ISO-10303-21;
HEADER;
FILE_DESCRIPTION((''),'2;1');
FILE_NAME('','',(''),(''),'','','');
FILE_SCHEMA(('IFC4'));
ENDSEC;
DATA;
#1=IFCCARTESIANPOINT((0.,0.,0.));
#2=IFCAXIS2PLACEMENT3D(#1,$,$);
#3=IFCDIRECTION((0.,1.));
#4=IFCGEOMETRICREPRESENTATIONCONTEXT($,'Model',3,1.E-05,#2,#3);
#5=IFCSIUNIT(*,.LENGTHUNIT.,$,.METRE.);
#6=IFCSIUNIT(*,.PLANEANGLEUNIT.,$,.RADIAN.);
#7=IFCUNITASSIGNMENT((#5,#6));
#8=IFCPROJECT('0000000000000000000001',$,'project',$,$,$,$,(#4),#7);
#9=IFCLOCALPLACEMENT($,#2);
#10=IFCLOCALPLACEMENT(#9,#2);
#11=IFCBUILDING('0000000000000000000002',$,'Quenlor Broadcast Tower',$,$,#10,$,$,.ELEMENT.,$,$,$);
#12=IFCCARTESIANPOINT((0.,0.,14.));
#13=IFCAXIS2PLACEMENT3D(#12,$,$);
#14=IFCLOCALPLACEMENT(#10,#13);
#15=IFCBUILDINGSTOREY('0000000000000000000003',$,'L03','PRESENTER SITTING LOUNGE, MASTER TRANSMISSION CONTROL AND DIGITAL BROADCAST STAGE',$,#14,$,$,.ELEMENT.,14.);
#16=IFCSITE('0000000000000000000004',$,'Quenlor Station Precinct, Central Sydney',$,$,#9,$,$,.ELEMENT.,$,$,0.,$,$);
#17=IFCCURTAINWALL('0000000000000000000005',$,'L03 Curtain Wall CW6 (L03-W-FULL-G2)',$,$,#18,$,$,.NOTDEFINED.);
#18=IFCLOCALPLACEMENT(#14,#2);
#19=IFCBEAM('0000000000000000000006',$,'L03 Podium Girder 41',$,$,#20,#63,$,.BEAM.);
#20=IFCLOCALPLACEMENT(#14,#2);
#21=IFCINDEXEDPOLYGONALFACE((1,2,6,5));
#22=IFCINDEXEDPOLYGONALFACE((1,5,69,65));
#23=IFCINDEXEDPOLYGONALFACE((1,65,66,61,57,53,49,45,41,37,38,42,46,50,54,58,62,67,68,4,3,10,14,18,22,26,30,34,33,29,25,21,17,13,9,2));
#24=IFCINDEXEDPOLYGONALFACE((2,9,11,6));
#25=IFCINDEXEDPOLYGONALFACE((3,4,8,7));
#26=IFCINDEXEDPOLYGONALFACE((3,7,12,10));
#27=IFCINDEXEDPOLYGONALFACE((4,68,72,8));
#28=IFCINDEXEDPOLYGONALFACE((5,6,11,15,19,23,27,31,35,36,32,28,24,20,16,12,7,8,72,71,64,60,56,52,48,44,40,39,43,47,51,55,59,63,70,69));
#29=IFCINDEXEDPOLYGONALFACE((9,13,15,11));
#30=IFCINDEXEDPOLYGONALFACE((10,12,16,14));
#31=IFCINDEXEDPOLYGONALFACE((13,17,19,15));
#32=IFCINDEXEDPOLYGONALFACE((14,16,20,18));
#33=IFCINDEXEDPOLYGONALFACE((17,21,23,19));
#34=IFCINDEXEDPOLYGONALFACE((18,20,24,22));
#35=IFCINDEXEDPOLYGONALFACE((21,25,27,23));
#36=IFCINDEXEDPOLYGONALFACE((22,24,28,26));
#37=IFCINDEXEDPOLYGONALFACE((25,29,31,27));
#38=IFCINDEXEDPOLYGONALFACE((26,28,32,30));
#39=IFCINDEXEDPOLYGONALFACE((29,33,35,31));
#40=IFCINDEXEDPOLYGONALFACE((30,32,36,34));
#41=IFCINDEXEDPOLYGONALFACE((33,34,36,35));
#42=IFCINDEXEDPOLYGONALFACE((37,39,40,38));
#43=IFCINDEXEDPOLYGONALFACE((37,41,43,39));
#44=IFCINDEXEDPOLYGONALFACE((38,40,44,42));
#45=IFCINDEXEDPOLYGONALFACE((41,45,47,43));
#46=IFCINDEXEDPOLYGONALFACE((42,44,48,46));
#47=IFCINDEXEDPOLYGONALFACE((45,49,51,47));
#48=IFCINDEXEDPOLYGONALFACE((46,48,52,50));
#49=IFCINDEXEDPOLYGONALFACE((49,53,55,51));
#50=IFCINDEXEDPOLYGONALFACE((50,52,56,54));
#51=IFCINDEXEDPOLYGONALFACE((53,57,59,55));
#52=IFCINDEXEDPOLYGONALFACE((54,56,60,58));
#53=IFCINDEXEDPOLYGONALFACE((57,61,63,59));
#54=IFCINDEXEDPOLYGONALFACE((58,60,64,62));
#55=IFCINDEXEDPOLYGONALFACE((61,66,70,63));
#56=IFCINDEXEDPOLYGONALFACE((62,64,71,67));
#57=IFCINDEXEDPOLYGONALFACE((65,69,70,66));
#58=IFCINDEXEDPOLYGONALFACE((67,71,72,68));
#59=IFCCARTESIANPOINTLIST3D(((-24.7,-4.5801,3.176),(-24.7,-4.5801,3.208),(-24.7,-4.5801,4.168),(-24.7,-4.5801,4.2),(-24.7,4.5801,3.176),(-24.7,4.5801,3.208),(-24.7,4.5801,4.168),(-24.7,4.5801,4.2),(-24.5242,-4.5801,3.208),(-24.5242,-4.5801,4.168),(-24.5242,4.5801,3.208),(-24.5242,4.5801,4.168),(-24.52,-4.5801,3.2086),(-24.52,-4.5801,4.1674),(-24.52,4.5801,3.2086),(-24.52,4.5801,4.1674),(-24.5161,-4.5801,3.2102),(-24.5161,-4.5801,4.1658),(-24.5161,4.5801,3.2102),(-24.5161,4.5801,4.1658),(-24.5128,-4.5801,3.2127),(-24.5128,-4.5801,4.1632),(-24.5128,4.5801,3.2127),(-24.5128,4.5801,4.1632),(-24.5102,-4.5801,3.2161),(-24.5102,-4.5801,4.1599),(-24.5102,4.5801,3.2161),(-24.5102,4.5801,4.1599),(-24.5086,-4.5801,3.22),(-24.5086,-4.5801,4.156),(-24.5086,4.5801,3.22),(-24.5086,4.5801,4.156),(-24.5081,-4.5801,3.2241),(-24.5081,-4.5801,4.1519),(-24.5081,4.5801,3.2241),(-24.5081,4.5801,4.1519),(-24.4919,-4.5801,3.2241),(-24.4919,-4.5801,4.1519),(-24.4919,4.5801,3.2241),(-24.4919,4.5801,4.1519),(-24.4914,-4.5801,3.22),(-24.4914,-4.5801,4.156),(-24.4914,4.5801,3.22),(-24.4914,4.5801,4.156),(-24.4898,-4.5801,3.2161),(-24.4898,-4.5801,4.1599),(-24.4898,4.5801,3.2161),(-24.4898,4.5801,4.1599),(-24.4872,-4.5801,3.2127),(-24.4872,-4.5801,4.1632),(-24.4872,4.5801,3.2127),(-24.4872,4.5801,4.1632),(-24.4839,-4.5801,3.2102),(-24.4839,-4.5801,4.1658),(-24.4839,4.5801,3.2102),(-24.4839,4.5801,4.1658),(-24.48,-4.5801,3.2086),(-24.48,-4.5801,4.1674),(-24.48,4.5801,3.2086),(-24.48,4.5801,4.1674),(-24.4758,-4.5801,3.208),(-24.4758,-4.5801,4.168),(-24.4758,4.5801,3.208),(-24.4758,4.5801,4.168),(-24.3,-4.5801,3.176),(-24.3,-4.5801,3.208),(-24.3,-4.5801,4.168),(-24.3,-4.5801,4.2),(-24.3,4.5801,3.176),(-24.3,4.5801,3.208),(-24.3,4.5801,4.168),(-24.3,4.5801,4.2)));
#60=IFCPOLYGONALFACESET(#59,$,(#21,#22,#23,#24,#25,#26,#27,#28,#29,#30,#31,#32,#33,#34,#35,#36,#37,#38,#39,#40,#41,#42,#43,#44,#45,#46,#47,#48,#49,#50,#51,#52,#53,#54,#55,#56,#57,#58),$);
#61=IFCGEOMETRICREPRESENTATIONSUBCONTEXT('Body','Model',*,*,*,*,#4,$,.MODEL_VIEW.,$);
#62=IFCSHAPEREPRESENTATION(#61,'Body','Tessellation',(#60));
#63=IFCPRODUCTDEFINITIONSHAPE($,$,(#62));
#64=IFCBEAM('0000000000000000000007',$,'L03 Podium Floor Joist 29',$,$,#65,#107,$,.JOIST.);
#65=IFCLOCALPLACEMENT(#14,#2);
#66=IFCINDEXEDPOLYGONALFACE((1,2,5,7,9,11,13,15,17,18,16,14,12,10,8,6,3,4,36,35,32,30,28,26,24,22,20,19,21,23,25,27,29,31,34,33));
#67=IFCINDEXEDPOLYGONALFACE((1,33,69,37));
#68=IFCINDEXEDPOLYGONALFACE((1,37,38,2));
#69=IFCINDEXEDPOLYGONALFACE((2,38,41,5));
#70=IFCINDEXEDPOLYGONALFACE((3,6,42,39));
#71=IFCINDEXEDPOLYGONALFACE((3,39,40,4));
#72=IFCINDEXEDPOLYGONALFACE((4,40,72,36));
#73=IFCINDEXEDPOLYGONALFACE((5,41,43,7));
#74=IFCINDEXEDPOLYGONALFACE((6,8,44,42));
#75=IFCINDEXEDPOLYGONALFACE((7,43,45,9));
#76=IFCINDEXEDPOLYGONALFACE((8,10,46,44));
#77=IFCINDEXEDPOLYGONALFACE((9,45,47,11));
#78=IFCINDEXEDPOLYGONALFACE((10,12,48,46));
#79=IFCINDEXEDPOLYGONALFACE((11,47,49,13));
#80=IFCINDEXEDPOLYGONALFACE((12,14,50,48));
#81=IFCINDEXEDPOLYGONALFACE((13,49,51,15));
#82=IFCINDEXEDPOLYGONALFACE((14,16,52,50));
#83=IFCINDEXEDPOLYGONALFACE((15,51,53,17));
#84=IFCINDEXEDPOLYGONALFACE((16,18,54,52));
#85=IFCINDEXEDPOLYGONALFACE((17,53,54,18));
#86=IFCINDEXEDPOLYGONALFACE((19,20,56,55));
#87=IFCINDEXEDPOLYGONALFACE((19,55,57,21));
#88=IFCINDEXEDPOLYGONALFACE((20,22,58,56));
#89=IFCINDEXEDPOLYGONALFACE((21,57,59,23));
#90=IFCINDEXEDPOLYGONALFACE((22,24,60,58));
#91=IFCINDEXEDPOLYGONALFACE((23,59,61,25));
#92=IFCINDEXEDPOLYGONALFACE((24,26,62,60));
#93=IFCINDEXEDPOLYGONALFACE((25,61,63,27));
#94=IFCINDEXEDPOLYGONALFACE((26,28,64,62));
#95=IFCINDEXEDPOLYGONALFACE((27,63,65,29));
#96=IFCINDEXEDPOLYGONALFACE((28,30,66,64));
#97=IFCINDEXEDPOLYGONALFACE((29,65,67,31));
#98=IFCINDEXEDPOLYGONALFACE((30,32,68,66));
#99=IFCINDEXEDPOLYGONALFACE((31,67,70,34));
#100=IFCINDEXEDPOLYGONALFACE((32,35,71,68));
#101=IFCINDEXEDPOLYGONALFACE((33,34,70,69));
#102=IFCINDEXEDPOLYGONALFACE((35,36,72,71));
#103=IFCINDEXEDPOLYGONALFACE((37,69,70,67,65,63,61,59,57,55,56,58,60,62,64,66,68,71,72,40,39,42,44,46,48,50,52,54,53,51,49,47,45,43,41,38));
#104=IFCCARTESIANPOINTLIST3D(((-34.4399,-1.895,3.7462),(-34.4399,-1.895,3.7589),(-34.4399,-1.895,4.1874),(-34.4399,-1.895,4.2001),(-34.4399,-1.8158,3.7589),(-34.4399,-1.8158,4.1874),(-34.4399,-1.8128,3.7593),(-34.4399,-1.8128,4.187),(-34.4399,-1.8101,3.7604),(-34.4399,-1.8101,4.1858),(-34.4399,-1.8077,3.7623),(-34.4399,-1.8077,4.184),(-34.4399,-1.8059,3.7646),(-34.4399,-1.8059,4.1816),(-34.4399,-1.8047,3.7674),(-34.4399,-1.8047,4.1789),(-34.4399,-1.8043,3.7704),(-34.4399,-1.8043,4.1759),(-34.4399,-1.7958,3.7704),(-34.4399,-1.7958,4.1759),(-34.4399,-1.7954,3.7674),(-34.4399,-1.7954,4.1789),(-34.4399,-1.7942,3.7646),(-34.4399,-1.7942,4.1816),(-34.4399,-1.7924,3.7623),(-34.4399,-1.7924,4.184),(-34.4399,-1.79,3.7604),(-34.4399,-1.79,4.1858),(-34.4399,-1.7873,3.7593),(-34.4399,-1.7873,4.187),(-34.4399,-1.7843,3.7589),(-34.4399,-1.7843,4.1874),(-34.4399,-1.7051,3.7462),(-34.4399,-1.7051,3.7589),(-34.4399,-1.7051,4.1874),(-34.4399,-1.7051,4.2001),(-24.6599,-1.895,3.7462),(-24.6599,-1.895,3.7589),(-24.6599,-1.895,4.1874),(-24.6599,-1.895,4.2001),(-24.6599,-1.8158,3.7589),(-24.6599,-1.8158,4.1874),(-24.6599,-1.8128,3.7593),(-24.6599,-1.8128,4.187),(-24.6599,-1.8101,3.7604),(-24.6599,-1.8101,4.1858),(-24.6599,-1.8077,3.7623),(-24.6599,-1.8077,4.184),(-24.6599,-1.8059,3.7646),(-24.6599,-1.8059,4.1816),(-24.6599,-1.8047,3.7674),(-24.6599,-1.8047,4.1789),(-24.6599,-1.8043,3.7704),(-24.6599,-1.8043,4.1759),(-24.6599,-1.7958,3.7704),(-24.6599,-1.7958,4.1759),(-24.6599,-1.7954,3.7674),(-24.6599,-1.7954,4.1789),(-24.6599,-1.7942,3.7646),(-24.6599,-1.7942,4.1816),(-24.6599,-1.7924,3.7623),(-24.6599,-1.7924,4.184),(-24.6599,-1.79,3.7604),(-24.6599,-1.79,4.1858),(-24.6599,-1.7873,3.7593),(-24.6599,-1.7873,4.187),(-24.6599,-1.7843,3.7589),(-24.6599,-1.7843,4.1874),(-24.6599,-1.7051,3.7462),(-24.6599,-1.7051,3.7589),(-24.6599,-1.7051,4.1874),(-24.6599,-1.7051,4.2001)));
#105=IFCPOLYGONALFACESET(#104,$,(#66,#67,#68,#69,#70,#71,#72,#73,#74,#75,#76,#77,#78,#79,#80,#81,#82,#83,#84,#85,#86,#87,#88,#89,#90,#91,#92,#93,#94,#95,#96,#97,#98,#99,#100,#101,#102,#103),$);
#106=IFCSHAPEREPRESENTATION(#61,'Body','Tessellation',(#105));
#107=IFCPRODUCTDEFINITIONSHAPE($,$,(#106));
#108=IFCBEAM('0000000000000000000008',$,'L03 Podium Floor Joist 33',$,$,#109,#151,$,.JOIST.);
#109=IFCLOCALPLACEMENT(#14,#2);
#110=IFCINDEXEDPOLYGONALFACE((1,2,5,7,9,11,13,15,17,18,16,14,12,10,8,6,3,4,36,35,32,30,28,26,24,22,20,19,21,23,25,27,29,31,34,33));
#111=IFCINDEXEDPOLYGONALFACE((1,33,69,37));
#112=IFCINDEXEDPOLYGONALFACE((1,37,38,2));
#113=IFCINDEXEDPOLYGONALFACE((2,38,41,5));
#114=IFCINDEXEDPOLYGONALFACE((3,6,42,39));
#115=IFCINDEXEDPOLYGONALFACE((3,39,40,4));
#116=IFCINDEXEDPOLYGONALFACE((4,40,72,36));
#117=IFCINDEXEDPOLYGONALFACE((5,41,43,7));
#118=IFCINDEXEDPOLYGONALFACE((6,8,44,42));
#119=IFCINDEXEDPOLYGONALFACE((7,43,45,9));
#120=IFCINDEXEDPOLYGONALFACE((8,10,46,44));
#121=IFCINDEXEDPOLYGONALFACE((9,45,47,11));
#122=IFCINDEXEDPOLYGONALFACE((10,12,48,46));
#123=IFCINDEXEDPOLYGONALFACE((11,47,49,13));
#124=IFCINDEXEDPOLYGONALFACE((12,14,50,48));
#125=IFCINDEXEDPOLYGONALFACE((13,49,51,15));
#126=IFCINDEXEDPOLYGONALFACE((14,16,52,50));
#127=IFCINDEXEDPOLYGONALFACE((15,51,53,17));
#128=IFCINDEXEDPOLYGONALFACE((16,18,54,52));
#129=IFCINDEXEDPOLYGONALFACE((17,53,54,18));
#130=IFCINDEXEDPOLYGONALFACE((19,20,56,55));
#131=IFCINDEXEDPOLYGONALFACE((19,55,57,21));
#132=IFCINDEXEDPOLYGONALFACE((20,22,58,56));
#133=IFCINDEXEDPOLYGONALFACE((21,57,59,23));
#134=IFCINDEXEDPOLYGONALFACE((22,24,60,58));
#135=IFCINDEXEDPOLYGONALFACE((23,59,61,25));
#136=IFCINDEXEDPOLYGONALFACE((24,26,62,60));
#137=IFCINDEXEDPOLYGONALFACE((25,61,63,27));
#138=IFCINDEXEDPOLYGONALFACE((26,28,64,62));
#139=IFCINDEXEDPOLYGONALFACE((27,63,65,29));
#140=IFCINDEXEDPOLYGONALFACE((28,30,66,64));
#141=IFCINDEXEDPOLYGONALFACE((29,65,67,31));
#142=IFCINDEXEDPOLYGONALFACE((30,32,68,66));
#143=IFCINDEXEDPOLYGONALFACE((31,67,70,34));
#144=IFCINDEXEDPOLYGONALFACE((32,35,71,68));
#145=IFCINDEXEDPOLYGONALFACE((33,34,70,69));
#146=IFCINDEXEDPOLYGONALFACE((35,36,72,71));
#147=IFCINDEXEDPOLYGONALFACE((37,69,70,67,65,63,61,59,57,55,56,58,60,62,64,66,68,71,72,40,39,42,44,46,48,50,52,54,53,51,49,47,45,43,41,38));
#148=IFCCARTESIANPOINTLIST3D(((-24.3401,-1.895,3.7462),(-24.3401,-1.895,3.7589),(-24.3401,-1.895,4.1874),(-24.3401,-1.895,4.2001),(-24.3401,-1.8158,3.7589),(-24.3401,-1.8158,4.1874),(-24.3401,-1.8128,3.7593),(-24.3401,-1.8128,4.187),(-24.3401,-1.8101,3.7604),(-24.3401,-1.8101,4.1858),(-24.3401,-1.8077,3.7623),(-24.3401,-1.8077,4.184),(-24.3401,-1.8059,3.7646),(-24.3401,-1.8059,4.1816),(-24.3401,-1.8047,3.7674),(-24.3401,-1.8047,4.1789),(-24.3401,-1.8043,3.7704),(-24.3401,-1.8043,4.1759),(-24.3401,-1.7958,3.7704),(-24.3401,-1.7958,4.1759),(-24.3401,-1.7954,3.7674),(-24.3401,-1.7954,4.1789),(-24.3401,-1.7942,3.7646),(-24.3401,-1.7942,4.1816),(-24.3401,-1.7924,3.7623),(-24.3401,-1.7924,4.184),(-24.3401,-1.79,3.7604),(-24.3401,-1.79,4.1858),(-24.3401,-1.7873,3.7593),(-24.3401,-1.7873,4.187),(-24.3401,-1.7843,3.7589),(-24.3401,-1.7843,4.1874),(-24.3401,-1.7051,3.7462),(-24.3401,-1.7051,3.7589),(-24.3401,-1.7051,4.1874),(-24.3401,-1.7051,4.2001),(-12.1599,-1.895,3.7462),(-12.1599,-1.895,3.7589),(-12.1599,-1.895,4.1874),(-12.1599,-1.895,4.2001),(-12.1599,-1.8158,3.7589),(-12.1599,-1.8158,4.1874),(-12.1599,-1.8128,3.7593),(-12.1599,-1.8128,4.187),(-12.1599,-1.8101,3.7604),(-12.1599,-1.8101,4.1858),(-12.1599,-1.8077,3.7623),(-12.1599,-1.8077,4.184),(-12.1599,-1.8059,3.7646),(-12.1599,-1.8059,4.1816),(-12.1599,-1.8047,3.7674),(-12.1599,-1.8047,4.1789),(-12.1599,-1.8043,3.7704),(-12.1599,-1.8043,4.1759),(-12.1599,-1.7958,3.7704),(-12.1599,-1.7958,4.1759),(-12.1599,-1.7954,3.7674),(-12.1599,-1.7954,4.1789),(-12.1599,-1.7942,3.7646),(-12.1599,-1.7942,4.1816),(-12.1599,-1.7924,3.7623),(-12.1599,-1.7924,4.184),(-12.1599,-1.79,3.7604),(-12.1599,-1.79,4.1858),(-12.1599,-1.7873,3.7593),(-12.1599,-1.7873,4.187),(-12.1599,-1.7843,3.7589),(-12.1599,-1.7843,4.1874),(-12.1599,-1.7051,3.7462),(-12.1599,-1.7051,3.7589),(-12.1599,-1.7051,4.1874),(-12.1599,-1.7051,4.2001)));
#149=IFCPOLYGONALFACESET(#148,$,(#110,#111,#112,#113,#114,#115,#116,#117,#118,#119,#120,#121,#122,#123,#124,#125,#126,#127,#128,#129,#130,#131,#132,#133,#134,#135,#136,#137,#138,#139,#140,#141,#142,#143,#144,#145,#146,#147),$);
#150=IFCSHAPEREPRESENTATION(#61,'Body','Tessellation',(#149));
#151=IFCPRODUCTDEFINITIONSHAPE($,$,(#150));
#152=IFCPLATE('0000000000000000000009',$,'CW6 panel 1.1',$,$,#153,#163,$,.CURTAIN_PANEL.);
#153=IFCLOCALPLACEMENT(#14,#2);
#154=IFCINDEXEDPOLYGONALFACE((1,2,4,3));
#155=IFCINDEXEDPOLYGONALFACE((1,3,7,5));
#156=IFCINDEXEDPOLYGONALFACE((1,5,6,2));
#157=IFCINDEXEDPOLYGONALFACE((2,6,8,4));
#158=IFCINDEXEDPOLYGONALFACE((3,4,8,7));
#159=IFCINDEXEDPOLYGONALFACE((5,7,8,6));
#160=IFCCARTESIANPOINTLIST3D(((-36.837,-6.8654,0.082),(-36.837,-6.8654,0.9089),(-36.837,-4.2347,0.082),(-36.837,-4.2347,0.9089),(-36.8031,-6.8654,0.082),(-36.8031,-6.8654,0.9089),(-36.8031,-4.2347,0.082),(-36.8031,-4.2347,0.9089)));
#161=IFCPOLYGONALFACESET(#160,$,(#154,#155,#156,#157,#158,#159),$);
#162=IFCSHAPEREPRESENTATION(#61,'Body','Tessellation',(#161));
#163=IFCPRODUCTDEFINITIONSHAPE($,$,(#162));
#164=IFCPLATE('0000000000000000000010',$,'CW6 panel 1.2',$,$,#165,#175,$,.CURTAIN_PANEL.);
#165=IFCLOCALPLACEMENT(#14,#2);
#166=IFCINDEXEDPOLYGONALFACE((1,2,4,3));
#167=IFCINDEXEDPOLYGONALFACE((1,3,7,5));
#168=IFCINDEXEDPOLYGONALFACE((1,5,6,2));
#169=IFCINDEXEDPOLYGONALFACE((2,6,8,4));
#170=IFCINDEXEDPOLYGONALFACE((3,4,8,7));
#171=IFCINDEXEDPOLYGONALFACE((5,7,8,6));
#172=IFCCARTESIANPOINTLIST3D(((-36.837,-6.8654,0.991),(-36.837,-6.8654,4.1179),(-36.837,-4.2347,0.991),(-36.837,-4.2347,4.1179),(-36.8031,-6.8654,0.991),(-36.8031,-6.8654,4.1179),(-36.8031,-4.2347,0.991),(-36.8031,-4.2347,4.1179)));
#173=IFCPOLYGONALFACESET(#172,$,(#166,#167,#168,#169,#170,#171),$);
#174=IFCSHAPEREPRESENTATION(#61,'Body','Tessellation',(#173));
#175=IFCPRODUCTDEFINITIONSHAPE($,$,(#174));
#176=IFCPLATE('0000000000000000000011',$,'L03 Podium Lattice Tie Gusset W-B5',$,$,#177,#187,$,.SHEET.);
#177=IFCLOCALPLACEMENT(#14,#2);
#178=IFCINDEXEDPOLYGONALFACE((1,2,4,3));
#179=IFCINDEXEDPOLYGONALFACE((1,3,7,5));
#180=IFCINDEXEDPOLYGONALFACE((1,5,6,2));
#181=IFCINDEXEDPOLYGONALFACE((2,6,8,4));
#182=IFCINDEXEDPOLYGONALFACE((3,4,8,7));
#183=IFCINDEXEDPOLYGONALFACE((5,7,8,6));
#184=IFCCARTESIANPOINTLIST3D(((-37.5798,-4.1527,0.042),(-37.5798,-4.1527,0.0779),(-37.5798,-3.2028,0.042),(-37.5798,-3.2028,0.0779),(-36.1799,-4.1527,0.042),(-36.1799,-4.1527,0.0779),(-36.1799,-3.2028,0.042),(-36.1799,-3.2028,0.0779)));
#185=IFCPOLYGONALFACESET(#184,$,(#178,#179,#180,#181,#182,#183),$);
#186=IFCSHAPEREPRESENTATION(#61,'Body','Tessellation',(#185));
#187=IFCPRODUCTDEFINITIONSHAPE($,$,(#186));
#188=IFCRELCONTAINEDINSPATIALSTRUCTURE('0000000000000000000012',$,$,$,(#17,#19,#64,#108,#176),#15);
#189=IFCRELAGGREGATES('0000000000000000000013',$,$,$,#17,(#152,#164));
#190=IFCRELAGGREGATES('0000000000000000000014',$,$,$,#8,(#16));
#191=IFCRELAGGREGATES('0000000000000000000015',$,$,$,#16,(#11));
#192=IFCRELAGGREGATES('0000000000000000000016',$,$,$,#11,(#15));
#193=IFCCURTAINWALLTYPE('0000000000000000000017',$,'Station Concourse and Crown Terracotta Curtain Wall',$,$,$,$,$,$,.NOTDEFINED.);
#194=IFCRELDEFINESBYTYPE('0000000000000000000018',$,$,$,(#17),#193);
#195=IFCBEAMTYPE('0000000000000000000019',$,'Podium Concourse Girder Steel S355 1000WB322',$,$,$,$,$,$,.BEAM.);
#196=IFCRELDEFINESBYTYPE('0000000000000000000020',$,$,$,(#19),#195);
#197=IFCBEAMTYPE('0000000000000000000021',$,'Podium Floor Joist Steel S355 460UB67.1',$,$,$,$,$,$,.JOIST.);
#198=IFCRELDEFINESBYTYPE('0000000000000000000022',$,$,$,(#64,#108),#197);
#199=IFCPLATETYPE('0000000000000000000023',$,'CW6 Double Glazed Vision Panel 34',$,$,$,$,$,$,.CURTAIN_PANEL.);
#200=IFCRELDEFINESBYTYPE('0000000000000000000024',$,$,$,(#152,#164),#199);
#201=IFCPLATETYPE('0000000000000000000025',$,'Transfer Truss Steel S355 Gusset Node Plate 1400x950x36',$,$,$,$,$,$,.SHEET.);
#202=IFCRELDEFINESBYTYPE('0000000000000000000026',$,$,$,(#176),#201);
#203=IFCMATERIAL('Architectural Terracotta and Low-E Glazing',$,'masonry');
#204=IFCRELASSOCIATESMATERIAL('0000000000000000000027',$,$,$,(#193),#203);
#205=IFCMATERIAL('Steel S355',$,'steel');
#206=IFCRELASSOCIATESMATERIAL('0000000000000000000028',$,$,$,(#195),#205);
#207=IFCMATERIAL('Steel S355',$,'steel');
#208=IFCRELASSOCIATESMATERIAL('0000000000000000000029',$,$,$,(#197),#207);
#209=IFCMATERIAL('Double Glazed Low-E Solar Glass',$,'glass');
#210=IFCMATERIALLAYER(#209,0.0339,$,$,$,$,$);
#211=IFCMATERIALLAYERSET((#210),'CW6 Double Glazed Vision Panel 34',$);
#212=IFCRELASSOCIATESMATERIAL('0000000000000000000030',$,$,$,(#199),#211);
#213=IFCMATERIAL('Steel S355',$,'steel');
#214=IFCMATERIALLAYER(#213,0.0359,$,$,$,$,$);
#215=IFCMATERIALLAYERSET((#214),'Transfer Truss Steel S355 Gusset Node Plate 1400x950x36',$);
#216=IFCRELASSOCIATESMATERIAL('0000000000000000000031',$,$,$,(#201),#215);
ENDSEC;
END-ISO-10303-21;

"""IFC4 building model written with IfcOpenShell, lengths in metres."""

from ifc_helpers import new_model, si_unit, direction, frame, origin, origin_2d, place, context, subcontext, project, spatial, rectangle, i_section, extrude, material, layer, layer_set, material_profile, profile_set, type_object, element, aggregate, save


model = new_model("IFC4")

# Units and contexts
model_context = context("Model", 3, precision=1e-05, world=origin(), true_north=direction((0.0, 1.0)))
body_context = subcontext(model_context, "Body", "Model", "MODEL_VIEW")
ifc_project = project(units=[si_unit("LENGTHUNIT", "METRE"), si_unit("PLANEANGLEUNIT", "RADIAN")], contexts=[model_context])

# Site, building, storey
site_placement = place(None, origin())
site = spatial("IfcSite", under=ifc_project, at=site_placement, Name="Quenlor Station Precinct, Central Sydney", CompositionType="ELEMENT", RefElevation=0.0)
building_placement = place(site_placement, origin())
building = spatial("IfcBuilding", under=site, at=building_placement, Name="Quenlor Broadcast Tower", CompositionType="ELEMENT")
storey_placement = place(building_placement, frame((0.0, 0.0, 14.0)))
storey = spatial("IfcBuildingStorey", under=building, at=storey_placement, Name="L03", Description="PRESENTER SITTING LOUNGE, MASTER TRANSMISSION CONTROL AND DIGITAL BROADCAST STAGE", CompositionType="ELEMENT", Elevation=14.0)

# Curtain wall
ifc_material_1 = material(Name="Architectural Terracotta and Low-E Glazing", Category="masonry")
curtain_wall_type = type_object("IfcCurtainWallType", Name="Station Concourse and Crown Terracotta Curtain Wall", PredefinedType="NOTDEFINED", material=ifc_material_1)
curtain_wall_placement = place(storey_placement, origin())
curtain_wall = element("IfcCurtainWall", 1, at=curtain_wall_placement, inside=storey, type_object=curtain_wall_type, Name="L03 Curtain Wall CW6 (L03-W-FULL-G2)", PredefinedType="NOTDEFINED")

# Beams
ifc_material_2 = material(Name="Steel S355", Category="steel")
ifc_material_profile_1 = material_profile(ifc_material_2, i_section(OverallWidth=0.3999, OverallDepth=1.0239, WebThickness=0.0161, FlangeThickness=0.032, FilletRadius=0.0161, at=origin_2d()))
ifc_profile_set_1 = profile_set([ifc_material_profile_1], Name="Steel S355 1000WB322")
beam_type_1 = type_object("IfcBeamType", Name="Podium Concourse Girder Steel S355 1000WB322", PredefinedType="BEAM", material=ifc_profile_set_1)
for number, where, z_axis, x_axis, name in (
    (2, (-24.5, -4.5801, 3.688), (0.0, 1.0, 0.0), (-1.0, 0.0, 0.0), "L03 Podium Girder 41"),
):
    element("IfcBeam", number, at=place(storey_placement, frame(where, z_axis=z_axis, x_axis=x_axis)), inside=storey, type_object=beam_type_1, Name=name, PredefinedType="BEAM", context=body_context, shape_type="SweptSolid", body=[
        extrude(i_section(OverallWidth=0.3999, OverallDepth=1.0239, WebThickness=0.0161, FlangeThickness=0.032, FilletRadius=0.0161, at=origin_2d()), origin(), (0.0, 0.0, 1.0), 9.1602),
    ])
ifc_material_3 = material(Name="Steel S355", Category="steel")
ifc_material_profile_2 = material_profile(ifc_material_3, i_section(OverallWidth=0.1899, OverallDepth=0.4539, WebThickness=0.0085, FlangeThickness=0.0127, FilletRadius=0.0115, at=origin_2d()))
ifc_profile_set_2 = profile_set([ifc_material_profile_2], Name="Steel S355 460UB67.1")
beam_type_2 = type_object("IfcBeamType", Name="Podium Floor Joist Steel S355 460UB67.1", PredefinedType="JOIST", material=ifc_profile_set_2)
beam_1_placement = place(storey_placement, frame((-34.4399, -1.8, 3.9731), z_axis=(1.0, 0.0, 0.0), x_axis=(0.0, 1.0, 0.0)))
element("IfcBeam", 3, at=beam_1_placement, inside=storey, type_object=beam_type_2, Name="L03 Podium Floor Joist 29", PredefinedType="JOIST", context=body_context, shape_type="SweptSolid", body=[
    extrude(i_section(OverallWidth=0.1899, OverallDepth=0.4539, WebThickness=0.0085, FlangeThickness=0.0127, FilletRadius=0.0115, at=origin_2d()), origin(), (0.0, 0.0, 1.0), 9.78),
])
beam_2_placement = place(storey_placement, frame((-24.3401, -1.8, 3.9731), z_axis=(1.0, 0.0, 0.0), x_axis=(0.0, 1.0, 0.0)))
element("IfcBeam", 4, at=beam_2_placement, inside=storey, type_object=beam_type_2, Name="L03 Podium Floor Joist 33", PredefinedType="JOIST", context=body_context, shape_type="SweptSolid", body=[
    extrude(i_section(OverallWidth=0.1899, OverallDepth=0.4539, WebThickness=0.0085, FlangeThickness=0.0127, FilletRadius=0.0115, at=origin_2d()), origin(), (0.0, 0.0, 1.0), 12.1802),
])

# Plates
ifc_material_4 = material(Name="Double Glazed Low-E Solar Glass", Category="glass")
ifc_layer_1 = layer(ifc_material_4, 0.0339)
ifc_layer_set_1 = layer_set([ifc_layer_1], Name="CW6 Double Glazed Vision Panel 34")
plate_type_1 = type_object("IfcPlateType", Name="CW6 Double Glazed Vision Panel 34", PredefinedType="CURTAIN_PANEL", material=ifc_layer_set_1)
plate_1_placement = place(storey_placement, frame((-36.8201, -5.55, 0.082), z_axis=(0.0, 0.0, 1.0), x_axis=(0.0, 1.0, 0.0)))
plate_1 = element("IfcPlate", 5, at=plate_1_placement, type_object=plate_type_1, Name="CW6 panel 1.1", PredefinedType="CURTAIN_PANEL", context=body_context, shape_type="SweptSolid", body=[
    extrude(rectangle(XDim=2.6306, YDim=0.0339, at=origin_2d()), origin(), (0.0, 0.0, 1.0), 0.8269),
])
plate_2_placement = place(storey_placement, frame((-36.8201, -5.55, 0.991), z_axis=(0.0, 0.0, 1.0), x_axis=(0.0, 1.0, 0.0)))
plate_2 = element("IfcPlate", 6, at=plate_2_placement, type_object=plate_type_1, Name="CW6 panel 1.2", PredefinedType="CURTAIN_PANEL", context=body_context, shape_type="SweptSolid", body=[
    extrude(rectangle(XDim=2.6306, YDim=0.0339, at=origin_2d()), origin(), (0.0, 0.0, 1.0), 3.127),
])
aggregate(curtain_wall, [plate_1, plate_2])

# Plate
ifc_material_5 = material(Name="Steel S355", Category="steel")
ifc_layer_2 = layer(ifc_material_5, 0.0359)
ifc_layer_set_2 = layer_set([ifc_layer_2], Name="Transfer Truss Steel S355 Gusset Node Plate 1400x950x36")
plate_type_2 = type_object("IfcPlateType", Name="Transfer Truss Steel S355 Gusset Node Plate 1400x950x36", PredefinedType="SHEET", material=ifc_layer_set_2)
for number, where, z_axis, x_axis, name in (
    (7, (-36.8799, -3.6777, 0.042), (0.0, 0.0, 1.0), (-1.0, 0.0, 0.0), "L03 Podium Lattice Tie Gusset W-B5"),
):
    element("IfcPlate", number, at=place(storey_placement, frame(where, z_axis=z_axis, x_axis=x_axis)), inside=storey, type_object=plate_type_2, Name=name, PredefinedType="SHEET", context=body_context, shape_type="SweptSolid", body=[
        extrude(rectangle(XDim=1.3999, YDim=0.95, at=origin_2d()), origin(), (0.0, 0.0, 1.0), 0.0359),
    ])

save(model, "model.ifc")
